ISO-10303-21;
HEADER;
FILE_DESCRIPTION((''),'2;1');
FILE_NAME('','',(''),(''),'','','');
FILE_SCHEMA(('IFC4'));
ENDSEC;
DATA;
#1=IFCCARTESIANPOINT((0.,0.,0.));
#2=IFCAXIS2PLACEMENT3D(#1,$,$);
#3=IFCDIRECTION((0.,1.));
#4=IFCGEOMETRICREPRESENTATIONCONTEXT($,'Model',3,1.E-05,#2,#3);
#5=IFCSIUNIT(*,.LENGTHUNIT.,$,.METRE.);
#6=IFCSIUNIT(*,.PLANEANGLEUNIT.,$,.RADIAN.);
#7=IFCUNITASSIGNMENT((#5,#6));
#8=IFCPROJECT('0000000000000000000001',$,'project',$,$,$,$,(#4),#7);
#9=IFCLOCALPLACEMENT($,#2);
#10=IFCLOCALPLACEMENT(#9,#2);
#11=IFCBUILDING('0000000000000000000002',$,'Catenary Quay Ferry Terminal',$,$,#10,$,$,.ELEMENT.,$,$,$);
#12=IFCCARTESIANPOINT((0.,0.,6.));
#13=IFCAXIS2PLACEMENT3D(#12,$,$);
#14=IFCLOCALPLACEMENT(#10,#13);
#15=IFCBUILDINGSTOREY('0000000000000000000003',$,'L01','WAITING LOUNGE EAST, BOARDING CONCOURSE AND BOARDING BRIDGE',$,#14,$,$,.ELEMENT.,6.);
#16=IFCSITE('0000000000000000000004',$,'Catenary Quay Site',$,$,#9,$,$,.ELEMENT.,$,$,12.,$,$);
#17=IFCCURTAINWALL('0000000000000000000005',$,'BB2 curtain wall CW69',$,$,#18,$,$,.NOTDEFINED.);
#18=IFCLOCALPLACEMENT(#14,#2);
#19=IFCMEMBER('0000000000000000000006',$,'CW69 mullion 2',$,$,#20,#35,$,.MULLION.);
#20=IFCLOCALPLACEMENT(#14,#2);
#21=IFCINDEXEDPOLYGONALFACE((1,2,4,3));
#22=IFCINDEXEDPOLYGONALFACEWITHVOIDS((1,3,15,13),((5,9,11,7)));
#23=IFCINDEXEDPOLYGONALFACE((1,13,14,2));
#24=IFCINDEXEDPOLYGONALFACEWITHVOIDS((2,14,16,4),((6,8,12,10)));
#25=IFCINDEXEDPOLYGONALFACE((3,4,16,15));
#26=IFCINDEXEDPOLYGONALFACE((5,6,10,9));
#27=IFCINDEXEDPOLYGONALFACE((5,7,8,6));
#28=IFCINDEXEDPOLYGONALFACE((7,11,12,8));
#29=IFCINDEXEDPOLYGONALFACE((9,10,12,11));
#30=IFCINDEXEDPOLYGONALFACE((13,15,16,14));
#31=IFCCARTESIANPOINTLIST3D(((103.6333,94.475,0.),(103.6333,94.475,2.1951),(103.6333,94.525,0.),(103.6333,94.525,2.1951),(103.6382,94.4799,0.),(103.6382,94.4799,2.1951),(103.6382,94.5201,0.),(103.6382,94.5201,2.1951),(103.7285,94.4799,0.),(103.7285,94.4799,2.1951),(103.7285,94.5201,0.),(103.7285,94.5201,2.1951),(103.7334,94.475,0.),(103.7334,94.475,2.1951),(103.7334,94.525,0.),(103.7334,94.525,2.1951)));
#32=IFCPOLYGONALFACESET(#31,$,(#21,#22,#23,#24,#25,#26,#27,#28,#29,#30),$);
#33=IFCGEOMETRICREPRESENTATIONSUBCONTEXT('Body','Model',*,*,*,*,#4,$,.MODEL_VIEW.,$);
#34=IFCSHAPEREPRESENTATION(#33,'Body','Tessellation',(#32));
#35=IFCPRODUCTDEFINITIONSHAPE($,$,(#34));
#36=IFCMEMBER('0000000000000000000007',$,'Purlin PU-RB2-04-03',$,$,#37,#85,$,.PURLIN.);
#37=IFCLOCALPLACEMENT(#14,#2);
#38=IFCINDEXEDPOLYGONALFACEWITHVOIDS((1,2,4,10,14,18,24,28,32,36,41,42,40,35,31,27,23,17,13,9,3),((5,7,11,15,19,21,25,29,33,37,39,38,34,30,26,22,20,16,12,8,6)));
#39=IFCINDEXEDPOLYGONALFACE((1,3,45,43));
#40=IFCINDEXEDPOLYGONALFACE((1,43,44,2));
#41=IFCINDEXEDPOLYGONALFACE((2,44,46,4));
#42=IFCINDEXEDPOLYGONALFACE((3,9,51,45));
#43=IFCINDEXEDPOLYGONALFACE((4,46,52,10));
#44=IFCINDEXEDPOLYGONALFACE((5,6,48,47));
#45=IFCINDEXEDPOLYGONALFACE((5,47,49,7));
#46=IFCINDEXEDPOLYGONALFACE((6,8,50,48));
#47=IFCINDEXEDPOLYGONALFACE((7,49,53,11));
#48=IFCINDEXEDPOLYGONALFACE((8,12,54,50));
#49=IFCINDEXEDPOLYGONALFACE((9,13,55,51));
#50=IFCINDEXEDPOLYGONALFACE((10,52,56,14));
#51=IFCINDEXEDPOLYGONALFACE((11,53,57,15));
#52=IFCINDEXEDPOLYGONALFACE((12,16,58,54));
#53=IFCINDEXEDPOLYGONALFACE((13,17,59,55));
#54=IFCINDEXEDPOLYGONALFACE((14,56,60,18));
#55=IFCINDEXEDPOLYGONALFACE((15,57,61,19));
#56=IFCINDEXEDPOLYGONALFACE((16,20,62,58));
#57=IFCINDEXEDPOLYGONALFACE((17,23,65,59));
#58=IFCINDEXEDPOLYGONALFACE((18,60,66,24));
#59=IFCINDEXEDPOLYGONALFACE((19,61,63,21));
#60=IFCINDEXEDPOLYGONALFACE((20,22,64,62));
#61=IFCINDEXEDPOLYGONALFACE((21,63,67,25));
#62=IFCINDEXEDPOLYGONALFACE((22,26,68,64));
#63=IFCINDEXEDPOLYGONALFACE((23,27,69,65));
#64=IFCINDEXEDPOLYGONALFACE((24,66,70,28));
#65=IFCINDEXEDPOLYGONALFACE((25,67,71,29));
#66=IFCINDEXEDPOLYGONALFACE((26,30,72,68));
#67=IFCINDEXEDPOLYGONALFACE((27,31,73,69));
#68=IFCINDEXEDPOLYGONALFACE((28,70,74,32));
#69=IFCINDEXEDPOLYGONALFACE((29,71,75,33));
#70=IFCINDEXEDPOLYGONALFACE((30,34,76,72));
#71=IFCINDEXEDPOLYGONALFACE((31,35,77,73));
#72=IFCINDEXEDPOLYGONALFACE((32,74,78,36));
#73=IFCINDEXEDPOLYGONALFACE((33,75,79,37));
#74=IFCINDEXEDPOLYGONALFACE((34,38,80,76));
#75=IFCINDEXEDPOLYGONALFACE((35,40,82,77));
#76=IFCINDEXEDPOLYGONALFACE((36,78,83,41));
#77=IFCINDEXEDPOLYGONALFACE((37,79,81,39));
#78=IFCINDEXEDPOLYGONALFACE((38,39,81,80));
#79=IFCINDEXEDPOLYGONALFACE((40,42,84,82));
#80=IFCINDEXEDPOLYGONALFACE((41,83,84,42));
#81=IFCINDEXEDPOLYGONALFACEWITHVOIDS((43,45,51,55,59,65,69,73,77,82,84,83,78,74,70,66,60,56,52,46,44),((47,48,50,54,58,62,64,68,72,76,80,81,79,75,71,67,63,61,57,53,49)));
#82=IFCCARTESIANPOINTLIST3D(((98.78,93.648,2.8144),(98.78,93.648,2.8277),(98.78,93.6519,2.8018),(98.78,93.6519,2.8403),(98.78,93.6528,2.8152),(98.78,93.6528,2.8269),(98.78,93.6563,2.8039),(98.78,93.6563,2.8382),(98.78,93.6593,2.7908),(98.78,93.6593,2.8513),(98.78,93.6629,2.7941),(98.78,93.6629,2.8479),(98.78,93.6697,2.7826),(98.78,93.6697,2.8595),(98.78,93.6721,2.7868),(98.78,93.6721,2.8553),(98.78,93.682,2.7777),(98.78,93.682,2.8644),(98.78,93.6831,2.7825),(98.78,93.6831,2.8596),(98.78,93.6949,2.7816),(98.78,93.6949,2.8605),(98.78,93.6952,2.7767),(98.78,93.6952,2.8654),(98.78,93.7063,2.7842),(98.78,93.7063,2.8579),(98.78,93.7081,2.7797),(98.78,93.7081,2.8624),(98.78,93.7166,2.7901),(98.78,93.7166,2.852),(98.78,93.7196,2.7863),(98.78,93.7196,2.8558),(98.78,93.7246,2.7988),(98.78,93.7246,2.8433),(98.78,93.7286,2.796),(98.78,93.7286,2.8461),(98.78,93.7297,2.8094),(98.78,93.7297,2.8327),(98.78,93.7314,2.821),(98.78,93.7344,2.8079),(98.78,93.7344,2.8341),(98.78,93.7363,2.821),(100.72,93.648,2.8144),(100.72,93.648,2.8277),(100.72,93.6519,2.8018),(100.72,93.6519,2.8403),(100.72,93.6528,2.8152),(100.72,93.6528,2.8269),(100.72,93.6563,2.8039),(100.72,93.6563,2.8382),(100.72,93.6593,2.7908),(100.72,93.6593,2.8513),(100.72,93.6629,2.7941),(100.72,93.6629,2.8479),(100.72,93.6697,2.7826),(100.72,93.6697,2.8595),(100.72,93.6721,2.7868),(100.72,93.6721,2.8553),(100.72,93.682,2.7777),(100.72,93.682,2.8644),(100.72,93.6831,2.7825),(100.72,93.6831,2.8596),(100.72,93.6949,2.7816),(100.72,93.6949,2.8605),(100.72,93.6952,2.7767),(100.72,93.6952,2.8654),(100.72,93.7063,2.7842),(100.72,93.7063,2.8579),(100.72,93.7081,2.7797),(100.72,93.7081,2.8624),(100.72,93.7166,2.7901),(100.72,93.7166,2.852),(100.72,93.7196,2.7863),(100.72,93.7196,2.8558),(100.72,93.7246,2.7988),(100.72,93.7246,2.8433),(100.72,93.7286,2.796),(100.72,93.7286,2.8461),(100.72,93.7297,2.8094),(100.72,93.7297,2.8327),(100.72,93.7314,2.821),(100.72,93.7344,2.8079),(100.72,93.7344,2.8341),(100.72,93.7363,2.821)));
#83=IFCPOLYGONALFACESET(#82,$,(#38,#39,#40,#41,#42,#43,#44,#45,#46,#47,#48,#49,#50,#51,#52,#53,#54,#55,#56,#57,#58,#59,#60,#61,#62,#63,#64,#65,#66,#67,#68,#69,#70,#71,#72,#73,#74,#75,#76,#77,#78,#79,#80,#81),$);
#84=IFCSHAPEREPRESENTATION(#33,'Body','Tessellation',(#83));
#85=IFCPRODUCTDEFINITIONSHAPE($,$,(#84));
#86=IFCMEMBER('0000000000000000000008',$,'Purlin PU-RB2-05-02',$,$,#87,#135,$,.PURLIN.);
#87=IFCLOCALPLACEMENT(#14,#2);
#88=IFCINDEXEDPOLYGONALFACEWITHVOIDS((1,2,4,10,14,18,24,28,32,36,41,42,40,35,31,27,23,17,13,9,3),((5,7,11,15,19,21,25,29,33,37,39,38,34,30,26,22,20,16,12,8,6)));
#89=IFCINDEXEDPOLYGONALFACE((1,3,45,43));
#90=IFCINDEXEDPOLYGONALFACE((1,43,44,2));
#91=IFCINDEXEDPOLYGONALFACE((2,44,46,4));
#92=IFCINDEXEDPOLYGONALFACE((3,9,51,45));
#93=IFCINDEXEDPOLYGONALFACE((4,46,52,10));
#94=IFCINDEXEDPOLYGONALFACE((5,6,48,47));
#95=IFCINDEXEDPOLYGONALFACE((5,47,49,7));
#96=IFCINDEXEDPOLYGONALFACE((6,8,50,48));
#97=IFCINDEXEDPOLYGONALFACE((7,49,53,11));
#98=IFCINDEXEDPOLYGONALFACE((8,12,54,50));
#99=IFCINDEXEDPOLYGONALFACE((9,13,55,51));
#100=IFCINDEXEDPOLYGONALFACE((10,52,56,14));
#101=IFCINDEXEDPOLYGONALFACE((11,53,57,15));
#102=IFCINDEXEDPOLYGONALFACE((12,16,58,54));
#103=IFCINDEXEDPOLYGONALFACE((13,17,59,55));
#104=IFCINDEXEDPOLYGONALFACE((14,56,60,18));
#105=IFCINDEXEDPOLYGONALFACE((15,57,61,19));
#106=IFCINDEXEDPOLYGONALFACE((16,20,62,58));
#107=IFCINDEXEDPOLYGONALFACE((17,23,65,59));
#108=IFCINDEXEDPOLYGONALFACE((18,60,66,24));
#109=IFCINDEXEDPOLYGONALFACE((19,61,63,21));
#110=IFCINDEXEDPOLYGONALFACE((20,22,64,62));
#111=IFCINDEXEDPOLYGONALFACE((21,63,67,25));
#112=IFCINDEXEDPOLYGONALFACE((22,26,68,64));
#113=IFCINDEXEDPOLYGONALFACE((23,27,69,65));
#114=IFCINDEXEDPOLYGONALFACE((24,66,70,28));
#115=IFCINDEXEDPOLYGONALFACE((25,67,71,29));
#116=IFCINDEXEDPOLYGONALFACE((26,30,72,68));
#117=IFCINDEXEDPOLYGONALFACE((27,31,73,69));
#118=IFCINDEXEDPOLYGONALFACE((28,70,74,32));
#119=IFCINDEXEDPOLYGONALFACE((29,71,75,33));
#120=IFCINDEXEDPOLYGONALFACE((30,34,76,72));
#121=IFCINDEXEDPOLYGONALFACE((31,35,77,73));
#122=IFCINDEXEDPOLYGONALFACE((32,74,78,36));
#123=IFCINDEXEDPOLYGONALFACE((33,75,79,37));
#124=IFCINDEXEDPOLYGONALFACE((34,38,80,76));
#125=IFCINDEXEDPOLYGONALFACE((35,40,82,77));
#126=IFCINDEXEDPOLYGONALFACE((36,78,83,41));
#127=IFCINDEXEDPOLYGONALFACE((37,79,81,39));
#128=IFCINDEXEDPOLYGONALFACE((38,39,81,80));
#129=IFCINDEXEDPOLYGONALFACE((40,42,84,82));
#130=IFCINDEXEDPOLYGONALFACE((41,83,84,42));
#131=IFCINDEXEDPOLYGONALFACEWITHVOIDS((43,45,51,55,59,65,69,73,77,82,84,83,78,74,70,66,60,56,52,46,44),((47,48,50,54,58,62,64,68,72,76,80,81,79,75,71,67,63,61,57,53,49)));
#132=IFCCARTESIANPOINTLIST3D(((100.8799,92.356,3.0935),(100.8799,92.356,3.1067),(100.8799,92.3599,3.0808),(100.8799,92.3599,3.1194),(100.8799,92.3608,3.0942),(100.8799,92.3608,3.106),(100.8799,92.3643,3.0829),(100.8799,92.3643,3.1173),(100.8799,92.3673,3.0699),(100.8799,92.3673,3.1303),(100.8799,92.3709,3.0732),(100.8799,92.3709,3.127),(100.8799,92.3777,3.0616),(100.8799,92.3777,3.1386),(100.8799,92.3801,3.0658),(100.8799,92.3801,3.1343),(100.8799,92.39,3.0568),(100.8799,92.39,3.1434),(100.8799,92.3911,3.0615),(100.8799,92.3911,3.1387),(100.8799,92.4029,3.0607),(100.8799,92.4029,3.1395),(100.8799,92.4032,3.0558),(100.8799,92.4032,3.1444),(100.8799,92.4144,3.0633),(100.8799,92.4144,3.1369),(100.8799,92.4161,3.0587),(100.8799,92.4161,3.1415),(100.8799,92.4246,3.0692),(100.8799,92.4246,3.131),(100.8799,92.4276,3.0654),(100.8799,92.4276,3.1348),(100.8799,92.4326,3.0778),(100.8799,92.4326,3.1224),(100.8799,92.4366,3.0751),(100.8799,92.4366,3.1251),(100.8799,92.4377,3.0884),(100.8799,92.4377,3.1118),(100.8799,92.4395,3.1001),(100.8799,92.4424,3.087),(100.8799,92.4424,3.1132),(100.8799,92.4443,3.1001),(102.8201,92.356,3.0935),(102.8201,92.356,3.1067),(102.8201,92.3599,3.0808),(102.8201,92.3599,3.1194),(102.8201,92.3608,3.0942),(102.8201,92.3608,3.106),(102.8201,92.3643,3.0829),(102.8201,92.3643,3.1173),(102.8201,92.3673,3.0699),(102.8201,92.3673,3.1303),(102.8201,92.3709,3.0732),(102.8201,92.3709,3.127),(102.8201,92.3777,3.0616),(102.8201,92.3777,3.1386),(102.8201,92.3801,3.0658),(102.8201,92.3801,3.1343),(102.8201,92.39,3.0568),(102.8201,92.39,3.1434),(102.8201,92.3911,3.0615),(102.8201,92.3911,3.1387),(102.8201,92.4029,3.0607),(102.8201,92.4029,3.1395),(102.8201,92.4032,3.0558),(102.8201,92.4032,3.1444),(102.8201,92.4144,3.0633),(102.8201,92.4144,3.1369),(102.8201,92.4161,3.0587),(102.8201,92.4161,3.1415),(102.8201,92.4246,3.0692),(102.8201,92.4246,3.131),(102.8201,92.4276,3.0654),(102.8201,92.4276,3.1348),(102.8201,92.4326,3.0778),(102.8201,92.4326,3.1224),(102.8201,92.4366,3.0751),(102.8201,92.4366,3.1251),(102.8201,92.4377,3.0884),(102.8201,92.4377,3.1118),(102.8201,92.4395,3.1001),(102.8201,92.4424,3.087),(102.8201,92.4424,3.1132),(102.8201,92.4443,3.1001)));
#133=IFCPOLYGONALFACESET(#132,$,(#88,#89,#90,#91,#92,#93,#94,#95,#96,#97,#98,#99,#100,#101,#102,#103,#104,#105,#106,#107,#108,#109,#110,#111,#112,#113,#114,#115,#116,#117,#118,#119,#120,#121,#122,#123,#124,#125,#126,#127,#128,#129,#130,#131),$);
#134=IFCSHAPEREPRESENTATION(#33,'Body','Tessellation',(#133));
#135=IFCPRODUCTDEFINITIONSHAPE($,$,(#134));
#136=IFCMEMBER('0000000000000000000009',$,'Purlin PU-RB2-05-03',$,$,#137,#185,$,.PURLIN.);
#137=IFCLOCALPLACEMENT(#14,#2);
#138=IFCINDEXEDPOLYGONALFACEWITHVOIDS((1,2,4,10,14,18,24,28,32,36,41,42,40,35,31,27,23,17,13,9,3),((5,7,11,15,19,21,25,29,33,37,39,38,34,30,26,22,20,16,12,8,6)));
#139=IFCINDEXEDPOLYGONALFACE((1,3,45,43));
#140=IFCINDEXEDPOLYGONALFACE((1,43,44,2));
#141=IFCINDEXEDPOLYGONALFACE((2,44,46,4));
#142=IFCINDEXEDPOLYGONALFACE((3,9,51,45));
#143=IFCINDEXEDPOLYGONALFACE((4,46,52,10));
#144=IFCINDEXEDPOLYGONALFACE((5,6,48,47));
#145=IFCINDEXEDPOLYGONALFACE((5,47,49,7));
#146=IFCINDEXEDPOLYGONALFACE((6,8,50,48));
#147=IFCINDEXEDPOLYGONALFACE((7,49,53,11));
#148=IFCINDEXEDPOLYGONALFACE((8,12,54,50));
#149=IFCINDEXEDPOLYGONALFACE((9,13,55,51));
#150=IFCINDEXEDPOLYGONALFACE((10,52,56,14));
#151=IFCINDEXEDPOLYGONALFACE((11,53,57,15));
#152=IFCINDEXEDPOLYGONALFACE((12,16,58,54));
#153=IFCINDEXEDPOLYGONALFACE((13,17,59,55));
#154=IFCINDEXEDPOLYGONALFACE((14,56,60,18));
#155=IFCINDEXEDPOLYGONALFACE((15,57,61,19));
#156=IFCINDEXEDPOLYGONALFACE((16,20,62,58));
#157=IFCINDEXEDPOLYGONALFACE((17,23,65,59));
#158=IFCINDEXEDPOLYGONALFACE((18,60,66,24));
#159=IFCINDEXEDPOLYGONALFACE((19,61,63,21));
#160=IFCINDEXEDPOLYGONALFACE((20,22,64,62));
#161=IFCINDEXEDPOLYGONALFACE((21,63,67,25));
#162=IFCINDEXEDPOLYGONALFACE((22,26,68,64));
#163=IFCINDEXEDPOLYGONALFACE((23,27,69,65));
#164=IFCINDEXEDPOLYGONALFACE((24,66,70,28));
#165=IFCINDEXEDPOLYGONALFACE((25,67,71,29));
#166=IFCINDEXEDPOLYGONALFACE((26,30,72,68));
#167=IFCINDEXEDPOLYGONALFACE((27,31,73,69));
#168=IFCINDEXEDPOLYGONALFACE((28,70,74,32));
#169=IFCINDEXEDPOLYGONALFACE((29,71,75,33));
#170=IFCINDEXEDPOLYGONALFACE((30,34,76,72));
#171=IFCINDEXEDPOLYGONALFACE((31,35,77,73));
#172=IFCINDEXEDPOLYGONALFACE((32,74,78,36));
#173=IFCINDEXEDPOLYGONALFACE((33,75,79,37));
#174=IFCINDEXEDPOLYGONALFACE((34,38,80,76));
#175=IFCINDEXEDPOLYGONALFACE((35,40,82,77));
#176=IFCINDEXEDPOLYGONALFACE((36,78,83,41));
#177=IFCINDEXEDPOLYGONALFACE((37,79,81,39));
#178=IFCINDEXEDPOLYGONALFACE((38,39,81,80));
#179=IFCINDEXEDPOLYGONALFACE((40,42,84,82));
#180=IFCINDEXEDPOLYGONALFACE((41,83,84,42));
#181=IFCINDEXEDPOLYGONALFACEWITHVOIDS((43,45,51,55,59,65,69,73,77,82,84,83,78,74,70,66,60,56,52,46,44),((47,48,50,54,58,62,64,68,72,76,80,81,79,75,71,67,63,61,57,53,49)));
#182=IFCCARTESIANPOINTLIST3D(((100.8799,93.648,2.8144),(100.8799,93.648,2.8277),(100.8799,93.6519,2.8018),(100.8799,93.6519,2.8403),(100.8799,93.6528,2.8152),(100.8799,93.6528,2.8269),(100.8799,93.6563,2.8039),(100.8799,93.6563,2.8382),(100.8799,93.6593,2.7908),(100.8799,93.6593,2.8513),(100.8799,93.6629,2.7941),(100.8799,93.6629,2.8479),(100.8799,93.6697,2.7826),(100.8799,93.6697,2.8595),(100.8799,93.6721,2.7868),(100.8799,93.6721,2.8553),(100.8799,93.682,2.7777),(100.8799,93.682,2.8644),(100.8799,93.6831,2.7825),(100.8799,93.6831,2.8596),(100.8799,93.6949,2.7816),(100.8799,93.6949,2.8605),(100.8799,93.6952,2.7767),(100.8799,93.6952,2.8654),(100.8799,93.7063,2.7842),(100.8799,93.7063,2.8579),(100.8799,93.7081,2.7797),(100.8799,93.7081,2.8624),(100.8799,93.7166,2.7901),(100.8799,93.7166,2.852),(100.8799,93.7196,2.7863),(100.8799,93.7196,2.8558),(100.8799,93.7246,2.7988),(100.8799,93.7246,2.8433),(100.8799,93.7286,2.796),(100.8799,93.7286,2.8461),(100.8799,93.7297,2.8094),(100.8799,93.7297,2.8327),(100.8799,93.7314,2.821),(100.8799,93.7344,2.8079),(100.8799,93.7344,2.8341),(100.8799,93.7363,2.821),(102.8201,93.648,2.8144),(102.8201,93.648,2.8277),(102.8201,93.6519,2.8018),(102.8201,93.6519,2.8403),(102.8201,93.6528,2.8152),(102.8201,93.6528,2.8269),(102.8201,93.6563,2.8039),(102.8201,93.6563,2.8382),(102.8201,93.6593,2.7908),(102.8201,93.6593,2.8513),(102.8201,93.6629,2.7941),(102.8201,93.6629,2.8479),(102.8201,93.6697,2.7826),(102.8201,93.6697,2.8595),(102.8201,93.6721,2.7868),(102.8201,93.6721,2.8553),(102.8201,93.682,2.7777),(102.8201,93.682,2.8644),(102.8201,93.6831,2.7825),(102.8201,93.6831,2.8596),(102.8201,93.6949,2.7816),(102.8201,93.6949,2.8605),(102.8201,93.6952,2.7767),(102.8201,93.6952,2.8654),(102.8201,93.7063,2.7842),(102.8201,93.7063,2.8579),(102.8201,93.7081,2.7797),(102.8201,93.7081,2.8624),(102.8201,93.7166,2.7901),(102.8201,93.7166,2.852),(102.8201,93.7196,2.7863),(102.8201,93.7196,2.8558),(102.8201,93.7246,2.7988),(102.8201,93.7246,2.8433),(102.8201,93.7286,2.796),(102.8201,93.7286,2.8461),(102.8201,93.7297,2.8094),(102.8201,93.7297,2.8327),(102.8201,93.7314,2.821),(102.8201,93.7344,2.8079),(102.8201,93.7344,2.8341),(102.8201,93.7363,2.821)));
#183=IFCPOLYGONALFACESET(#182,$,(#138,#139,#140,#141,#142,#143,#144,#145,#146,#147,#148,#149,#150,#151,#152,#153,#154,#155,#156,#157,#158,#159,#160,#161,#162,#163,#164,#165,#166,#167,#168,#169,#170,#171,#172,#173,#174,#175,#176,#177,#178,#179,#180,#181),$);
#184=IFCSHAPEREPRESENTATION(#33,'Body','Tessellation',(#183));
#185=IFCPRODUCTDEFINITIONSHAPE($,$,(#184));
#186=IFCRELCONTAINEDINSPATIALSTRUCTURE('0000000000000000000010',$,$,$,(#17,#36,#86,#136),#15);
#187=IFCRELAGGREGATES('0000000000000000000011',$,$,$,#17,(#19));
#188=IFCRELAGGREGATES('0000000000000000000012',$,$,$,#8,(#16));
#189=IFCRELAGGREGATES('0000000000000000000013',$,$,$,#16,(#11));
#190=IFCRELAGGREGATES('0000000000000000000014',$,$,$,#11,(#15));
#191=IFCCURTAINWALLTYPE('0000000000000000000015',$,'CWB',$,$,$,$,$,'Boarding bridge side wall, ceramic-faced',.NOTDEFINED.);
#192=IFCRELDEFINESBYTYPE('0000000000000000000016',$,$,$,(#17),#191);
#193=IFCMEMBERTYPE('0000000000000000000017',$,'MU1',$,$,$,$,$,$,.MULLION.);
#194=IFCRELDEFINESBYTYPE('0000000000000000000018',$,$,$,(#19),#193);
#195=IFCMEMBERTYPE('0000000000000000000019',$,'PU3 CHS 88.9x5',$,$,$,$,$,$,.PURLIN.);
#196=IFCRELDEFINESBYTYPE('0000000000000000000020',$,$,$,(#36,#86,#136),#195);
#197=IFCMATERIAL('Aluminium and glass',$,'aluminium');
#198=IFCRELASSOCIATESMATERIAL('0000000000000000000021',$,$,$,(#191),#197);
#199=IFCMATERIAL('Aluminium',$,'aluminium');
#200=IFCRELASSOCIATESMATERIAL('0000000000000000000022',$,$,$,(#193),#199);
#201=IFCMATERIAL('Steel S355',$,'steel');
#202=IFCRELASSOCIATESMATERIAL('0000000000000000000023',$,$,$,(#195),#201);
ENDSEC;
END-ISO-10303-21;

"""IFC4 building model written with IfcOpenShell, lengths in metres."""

from ifc_helpers import new_model, si_unit, direction, frame, origin, origin_2d, place, context, subcontext, project, spatial, hollow_rectangle, hollow_circle, extrude, material, material_profile, profile_set, type_object, element, aggregate, save


model = new_model("IFC4")

# Units and contexts
model_context = context("Model", 3, precision=1e-05, world=origin(), true_north=direction((0.0, 1.0)))
body_context = subcontext(model_context, "Body", "Model", "MODEL_VIEW")
ifc_project = project(units=[si_unit("LENGTHUNIT", "METRE"), si_unit("PLANEANGLEUNIT", "RADIAN")], contexts=[model_context])

# Site, building, storey
site_placement = place(None, origin())
site = spatial("IfcSite", under=ifc_project, at=site_placement, Name="Catenary Quay Site", CompositionType="ELEMENT", RefElevation=12.0)
building_placement = place(site_placement, origin())
building = spatial("IfcBuilding", under=site, at=building_placement, Name="Catenary Quay Ferry Terminal", CompositionType="ELEMENT")
storey_placement = place(building_placement, frame((0.0, 0.0, 6.0)))
storey = spatial("IfcBuildingStorey", under=building, at=storey_placement, Name="L01", Description="WAITING LOUNGE EAST, BOARDING CONCOURSE AND BOARDING BRIDGE", CompositionType="ELEMENT", Elevation=6.0)

# Shared definitions
ifc_material_1 = material(Name="Aluminium and glass", Category="aluminium")
curtain_wall_type = type_object("IfcCurtainWallType", Name="CWB", ElementType="Boarding bridge side wall, ceramic-faced", PredefinedType="NOTDEFINED", material=ifc_material_1)
ifc_material_2 = material(Name="Aluminium", Category="aluminium")
ifc_material_profile_1 = material_profile(ifc_material_2, hollow_rectangle(XDim=0.05, YDim=0.1001, WallThickness=0.0049, at=origin_2d()), Name="MU1")
ifc_profile_set_1 = profile_set([ifc_material_profile_1], Name="Aluminium")
member_type_1 = type_object("IfcMemberType", Name="MU1", PredefinedType="MULLION", material=ifc_profile_set_1)

# Curtain wall, member
curtain_wall_1_placement = place(storey_placement, origin())
curtain_wall_1 = element("IfcCurtainWall", 1, at=curtain_wall_1_placement, inside=storey, type_object=curtain_wall_type, Name="BB2 curtain wall CW69", PredefinedType="NOTDEFINED")
member_1_placement = place(storey_placement, frame((103.6833, 94.5, 0.0), z_axis=(0.0, 0.0, 1.0), x_axis=(0.0, 1.0, 0.0)))
member_1 = element("IfcMember", 2, at=member_1_placement, type_object=member_type_1, Name="CW69 mullion 2", PredefinedType="MULLION", context=body_context, shape_type="SweptSolid", body=[
    extrude(hollow_rectangle(XDim=0.05, YDim=0.1001, WallThickness=0.0049, at=origin_2d()), origin(), (0.0, 0.0, 1.0), 2.1951),
])

# Members
ifc_material_3 = material(Name="Steel S355", Category="steel")
ifc_material_profile_2 = material_profile(ifc_material_3, hollow_circle(Radius=0.0444, WallThickness=0.0049, at=origin_2d()), Name="CHS 88.9x5")
ifc_profile_set_2 = profile_set([ifc_material_profile_2], Name="Steel S355")
member_type_2 = type_object("IfcMemberType", Name="PU3 CHS 88.9x5", PredefinedType="PURLIN", material=ifc_profile_set_2)
member_2_placement = place(storey_placement, frame((98.78, 93.6919, 2.821), z_axis=(1.0, 0.0, 0.0), x_axis=(0.0, 1.0, 0.0)))
element("IfcMember", 3, at=member_2_placement, inside=storey, type_object=member_type_2, Name="Purlin PU-RB2-04-03", PredefinedType="PURLIN", context=body_context, shape_type="SweptSolid", body=[
    extrude(hollow_circle(Radius=0.0444, WallThickness=0.0049, at=origin_2d()), origin(), (0.0, 0.0, 1.0), 1.9399),
])
for number, where, z_axis, x_axis, name in (
    (4, (100.8799, 92.3999, 3.1001), (1.0, 0.0, 0.0), (0.0, 1.0, 0.0), "Purlin PU-RB2-05-02"),
    (5, (100.8799, 93.6919, 2.821), (1.0, 0.0, 0.0), (0.0, 1.0, 0.0), "Purlin PU-RB2-05-03"),
):
    element("IfcMember", number, at=place(storey_placement, frame(where, z_axis=z_axis, x_axis=x_axis)), inside=storey, type_object=member_type_2, Name=name, PredefinedType="PURLIN", context=body_context, shape_type="SweptSolid", body=[
        extrude(hollow_circle(Radius=0.0444, WallThickness=0.0049, at=origin_2d()), origin(), (0.0, 0.0, 1.0), 1.9402),
    ])

aggregate(curtain_wall_1, [member_1])

save(model, "model.ifc")
